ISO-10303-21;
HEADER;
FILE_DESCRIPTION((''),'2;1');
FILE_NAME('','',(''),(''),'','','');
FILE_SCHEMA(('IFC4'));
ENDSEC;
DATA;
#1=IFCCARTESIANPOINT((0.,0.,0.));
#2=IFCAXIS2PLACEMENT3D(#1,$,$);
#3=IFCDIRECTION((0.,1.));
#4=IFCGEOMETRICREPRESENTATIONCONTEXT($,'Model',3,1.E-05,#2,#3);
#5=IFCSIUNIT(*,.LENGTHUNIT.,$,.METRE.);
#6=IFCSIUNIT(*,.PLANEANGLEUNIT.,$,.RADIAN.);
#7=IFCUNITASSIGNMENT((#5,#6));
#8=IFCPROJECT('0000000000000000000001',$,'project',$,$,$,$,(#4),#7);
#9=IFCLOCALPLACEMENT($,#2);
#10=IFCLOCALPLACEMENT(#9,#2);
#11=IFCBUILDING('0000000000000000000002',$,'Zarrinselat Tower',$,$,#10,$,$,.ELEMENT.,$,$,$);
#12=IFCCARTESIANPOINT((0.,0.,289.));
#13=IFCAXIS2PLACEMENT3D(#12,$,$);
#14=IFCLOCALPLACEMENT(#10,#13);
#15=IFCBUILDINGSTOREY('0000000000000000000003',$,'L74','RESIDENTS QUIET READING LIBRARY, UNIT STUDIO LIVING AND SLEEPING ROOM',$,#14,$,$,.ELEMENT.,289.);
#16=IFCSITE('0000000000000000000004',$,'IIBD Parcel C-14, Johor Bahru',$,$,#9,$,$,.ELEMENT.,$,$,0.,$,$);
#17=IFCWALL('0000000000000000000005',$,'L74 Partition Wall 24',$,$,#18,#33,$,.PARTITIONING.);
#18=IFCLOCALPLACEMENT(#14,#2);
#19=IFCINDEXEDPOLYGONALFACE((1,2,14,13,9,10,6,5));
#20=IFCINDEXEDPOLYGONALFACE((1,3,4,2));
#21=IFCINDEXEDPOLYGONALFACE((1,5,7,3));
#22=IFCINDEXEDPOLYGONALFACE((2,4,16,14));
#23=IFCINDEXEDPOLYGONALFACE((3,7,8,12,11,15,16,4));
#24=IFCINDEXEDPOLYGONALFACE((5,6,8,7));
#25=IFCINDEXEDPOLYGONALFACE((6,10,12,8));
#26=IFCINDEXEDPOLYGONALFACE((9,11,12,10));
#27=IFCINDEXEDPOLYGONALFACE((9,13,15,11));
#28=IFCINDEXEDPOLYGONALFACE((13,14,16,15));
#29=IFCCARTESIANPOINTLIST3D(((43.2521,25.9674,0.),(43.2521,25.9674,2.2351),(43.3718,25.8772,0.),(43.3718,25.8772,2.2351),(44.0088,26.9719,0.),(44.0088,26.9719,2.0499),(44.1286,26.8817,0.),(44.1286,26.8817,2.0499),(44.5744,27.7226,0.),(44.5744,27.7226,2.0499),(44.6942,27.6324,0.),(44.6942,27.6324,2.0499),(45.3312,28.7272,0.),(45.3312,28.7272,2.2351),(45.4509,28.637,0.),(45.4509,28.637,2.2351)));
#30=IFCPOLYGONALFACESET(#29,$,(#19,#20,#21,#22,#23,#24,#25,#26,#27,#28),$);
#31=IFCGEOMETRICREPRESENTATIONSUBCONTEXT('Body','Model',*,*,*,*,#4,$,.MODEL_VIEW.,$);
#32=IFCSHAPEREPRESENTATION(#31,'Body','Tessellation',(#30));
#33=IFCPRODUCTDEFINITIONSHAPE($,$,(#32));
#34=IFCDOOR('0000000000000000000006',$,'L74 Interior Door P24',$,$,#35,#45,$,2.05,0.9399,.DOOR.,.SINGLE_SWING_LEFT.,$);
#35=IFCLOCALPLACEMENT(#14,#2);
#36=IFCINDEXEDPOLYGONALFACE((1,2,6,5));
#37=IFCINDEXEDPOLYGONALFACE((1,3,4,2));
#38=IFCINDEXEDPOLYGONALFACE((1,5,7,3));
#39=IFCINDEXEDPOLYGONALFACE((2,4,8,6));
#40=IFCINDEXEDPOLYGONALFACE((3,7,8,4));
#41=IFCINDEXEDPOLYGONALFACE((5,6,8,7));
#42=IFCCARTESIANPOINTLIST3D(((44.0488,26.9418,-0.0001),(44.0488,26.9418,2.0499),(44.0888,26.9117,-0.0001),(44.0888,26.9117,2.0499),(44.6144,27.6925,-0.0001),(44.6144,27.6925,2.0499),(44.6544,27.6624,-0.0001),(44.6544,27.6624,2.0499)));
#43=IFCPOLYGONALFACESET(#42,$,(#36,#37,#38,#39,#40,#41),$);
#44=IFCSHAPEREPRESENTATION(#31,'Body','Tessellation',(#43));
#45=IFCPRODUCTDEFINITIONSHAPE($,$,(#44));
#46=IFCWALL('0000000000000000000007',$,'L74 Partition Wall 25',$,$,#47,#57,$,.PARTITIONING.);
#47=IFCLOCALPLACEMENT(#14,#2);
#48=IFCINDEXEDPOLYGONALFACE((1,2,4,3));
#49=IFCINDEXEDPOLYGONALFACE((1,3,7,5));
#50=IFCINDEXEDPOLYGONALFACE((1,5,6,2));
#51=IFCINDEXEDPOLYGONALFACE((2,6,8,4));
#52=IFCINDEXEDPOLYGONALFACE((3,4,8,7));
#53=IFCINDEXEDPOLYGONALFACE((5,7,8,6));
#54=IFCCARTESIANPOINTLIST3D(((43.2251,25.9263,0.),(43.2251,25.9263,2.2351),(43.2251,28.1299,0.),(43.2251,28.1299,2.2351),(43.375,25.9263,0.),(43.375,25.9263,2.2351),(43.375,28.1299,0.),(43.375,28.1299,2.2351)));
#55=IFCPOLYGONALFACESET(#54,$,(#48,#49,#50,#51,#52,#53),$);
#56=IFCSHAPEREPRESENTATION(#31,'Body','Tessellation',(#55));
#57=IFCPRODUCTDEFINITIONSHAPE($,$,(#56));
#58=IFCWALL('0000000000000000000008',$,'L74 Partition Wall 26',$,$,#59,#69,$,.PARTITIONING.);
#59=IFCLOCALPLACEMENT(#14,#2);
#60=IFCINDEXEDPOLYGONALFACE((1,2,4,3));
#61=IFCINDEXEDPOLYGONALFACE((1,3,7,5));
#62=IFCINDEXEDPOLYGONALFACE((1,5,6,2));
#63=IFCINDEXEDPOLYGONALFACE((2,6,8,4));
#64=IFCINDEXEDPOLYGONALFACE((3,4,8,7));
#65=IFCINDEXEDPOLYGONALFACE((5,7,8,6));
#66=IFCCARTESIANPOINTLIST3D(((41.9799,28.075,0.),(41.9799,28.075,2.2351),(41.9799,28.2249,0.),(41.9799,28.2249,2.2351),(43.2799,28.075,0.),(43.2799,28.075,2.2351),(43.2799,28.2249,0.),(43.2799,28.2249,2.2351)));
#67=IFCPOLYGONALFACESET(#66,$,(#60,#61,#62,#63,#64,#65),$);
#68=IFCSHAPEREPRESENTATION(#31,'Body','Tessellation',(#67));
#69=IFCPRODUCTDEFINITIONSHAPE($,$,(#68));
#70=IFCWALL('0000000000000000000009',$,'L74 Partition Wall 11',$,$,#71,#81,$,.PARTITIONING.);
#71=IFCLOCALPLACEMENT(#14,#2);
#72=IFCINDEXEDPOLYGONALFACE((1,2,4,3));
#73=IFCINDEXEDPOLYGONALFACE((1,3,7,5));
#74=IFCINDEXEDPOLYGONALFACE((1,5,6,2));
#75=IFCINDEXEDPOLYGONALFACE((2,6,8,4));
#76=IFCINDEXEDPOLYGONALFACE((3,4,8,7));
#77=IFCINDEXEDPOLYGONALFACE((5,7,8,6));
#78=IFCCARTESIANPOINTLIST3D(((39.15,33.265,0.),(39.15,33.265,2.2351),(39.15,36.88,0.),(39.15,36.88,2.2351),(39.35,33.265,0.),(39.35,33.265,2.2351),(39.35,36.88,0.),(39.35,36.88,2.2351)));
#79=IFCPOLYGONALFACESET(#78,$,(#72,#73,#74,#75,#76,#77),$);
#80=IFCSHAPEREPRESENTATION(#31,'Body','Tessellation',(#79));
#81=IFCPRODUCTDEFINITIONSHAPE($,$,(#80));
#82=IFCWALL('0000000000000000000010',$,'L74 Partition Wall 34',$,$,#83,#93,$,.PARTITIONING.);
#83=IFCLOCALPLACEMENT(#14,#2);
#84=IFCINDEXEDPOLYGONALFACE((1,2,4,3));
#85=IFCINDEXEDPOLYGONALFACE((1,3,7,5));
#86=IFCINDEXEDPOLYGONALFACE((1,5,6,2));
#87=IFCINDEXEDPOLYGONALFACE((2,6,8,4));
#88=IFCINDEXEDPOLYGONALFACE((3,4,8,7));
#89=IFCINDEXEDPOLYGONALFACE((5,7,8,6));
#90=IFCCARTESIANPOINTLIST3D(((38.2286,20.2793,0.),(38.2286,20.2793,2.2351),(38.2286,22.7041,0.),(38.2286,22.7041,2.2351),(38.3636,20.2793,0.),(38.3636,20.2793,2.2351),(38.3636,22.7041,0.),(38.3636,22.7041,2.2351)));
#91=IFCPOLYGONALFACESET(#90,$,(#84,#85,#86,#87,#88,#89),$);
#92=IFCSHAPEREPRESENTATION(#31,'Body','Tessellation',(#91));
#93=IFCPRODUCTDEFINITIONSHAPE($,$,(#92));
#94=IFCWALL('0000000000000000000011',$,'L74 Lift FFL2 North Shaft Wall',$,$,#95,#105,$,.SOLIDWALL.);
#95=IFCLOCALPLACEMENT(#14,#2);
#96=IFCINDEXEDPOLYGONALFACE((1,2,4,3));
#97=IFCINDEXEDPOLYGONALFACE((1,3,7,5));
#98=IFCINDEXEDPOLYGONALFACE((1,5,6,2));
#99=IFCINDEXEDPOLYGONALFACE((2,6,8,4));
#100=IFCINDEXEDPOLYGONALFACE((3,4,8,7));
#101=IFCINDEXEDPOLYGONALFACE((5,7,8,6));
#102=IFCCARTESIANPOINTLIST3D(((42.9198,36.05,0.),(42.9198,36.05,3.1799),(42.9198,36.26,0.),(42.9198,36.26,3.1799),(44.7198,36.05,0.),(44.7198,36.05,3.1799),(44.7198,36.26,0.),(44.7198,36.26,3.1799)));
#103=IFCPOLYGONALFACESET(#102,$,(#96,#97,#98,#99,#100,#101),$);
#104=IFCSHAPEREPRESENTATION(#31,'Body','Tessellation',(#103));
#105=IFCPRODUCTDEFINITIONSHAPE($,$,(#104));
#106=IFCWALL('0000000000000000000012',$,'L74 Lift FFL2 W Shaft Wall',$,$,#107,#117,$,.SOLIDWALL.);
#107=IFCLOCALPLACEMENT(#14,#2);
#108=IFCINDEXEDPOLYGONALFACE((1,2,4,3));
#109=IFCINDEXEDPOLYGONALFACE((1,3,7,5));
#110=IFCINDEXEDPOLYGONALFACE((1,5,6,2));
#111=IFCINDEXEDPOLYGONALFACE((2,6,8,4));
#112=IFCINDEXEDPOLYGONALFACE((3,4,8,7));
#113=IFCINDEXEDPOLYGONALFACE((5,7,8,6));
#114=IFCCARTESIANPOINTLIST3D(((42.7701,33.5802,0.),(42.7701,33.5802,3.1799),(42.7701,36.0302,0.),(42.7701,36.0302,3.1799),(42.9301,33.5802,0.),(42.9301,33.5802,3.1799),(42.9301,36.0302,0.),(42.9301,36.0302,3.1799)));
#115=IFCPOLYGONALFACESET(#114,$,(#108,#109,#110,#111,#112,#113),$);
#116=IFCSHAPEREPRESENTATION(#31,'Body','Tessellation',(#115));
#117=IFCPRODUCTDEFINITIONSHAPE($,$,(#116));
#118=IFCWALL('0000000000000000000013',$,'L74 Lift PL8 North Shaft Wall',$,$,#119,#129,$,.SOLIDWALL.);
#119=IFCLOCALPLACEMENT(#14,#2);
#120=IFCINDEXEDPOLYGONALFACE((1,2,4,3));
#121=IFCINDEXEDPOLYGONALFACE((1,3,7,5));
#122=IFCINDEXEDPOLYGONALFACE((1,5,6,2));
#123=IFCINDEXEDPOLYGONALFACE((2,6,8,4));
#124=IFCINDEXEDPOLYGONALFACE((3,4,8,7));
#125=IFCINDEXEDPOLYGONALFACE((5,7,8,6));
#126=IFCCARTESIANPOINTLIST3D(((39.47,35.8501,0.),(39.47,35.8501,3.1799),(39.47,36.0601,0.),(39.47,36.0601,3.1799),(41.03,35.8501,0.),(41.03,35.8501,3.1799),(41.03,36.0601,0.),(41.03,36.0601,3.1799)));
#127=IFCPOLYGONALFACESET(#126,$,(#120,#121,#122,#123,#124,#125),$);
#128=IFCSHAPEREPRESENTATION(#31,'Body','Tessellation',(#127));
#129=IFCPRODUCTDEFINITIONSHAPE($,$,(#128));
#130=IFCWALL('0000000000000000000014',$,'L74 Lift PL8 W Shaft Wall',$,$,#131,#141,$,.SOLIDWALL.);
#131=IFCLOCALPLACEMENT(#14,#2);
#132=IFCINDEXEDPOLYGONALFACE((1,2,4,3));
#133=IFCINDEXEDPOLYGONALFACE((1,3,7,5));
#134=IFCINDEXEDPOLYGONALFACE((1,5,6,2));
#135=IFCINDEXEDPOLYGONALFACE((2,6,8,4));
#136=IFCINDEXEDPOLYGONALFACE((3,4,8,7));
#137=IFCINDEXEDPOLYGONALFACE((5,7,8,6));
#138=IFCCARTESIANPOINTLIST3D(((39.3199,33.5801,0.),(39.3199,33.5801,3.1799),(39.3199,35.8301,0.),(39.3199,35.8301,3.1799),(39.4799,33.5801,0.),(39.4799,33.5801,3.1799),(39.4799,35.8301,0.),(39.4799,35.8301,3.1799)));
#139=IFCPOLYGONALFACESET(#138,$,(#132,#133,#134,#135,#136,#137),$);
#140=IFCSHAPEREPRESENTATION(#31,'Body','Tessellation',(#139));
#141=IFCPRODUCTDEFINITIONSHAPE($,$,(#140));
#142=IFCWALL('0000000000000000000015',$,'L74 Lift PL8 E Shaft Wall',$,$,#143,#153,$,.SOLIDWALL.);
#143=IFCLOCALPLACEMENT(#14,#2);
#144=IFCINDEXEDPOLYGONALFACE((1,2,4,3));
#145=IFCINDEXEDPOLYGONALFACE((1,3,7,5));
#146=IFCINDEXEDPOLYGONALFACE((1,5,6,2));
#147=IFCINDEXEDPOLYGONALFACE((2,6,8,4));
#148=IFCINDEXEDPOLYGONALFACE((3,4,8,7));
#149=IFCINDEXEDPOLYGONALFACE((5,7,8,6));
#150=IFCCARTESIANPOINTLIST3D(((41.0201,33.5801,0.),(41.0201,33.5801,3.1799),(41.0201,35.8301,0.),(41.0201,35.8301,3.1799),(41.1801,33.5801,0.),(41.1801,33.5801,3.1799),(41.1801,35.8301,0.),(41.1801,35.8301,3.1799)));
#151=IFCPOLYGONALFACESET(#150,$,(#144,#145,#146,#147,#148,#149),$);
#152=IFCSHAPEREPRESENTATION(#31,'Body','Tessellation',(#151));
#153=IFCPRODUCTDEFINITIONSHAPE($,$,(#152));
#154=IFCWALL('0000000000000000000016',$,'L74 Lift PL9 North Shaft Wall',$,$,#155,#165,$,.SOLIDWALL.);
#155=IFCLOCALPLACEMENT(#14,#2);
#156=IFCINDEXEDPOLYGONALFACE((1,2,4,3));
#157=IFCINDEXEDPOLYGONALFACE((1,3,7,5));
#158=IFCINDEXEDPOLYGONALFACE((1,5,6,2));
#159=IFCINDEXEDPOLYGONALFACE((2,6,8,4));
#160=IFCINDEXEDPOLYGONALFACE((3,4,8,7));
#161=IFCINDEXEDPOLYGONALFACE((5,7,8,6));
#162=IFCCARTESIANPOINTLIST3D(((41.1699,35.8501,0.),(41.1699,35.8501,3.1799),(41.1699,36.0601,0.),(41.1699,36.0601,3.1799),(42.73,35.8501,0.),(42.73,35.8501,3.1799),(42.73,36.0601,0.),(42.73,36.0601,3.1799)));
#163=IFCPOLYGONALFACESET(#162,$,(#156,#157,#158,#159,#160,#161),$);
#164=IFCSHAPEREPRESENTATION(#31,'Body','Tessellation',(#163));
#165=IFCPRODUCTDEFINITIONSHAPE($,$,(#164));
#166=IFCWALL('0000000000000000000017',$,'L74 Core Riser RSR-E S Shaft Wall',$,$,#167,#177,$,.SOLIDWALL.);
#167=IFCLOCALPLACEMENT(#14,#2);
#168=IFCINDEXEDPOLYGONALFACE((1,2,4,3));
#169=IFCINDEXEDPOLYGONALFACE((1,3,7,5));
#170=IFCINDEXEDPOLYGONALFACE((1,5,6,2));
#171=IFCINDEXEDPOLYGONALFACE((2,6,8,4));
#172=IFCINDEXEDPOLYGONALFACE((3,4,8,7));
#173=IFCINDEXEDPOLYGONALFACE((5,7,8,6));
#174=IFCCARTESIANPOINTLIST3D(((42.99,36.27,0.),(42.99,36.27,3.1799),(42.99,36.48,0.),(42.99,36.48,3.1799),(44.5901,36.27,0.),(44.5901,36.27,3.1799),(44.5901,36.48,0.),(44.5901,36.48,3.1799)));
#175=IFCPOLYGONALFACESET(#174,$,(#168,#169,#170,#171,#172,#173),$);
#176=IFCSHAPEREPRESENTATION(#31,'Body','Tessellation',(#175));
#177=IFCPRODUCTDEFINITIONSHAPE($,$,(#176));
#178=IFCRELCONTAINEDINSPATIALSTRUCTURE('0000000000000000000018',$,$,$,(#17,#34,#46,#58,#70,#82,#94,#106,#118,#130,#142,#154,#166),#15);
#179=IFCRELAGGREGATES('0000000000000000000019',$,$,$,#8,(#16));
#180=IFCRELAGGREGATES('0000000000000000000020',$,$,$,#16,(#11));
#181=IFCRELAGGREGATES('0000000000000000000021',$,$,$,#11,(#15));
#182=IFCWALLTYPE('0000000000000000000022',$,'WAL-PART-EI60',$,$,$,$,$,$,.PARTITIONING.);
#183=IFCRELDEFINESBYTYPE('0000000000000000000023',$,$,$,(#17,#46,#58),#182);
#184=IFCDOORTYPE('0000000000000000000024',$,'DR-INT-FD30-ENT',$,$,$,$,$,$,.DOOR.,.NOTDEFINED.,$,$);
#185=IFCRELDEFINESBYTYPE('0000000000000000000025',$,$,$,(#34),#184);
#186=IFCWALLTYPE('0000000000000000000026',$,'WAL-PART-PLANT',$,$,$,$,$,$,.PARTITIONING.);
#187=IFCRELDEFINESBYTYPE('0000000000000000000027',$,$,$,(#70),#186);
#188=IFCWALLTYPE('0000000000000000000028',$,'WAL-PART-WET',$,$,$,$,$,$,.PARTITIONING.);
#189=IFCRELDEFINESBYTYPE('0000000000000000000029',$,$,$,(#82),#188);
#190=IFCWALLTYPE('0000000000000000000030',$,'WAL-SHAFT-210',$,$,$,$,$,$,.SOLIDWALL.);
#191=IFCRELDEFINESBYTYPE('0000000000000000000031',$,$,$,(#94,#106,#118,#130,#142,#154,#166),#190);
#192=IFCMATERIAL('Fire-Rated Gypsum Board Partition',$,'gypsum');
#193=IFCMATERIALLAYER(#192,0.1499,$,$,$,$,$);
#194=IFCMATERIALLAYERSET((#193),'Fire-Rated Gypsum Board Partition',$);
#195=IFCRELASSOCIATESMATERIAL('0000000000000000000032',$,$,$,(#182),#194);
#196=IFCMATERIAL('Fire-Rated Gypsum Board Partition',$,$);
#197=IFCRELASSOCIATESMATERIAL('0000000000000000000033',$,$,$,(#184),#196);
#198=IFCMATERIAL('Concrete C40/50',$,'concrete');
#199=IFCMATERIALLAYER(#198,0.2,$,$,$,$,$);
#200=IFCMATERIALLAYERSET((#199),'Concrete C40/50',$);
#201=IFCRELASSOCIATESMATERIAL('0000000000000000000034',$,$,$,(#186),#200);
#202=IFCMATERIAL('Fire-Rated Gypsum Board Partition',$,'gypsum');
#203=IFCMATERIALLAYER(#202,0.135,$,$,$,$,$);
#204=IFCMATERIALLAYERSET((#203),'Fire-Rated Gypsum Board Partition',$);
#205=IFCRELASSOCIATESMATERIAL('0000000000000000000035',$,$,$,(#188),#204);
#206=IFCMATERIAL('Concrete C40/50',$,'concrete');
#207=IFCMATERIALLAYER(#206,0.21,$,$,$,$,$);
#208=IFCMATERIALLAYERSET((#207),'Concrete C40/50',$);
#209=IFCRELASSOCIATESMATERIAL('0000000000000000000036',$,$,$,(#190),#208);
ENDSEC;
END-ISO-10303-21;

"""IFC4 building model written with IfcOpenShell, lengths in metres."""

from ifc_helpers import new_model, si_unit, direction, frame, frame_2d, origin, place, context, subcontext, project, spatial, rectangle, extrude, material, layer, layer_set, type_object, element, fill, save


model = new_model("IFC4")

# Units and contexts
model_context = context("Model", 3, precision=1e-05, world=origin(), true_north=direction((0.0, 1.0)))
body_context = subcontext(model_context, "Body", "Model", "MODEL_VIEW")
ifc_project = project(units=[si_unit("LENGTHUNIT", "METRE"), si_unit("PLANEANGLEUNIT", "RADIAN")], contexts=[model_context])

# Site, building, storey
site_placement = place(None, origin())
site = spatial("IfcSite", under=ifc_project, at=site_placement, Name="IIBD Parcel C-14, Johor Bahru", CompositionType="ELEMENT", RefElevation=0.0)
building_placement = place(site_placement, origin())
building = spatial("IfcBuilding", under=site, at=building_placement, Name="Zarrinselat Tower", CompositionType="ELEMENT")
storey_placement = place(building_placement, frame((0.0, 0.0, 289.0)))
storey = spatial("IfcBuildingStorey", under=building, at=storey_placement, Name="L74", Description="RESIDENTS QUIET READING LIBRARY, UNIT STUDIO LIVING AND SLEEPING ROOM", CompositionType="ELEMENT", Elevation=289.0)

# Wall, opening, door
ifc_material_1 = material(Name="Fire-Rated Gypsum Board Partition", Category="gypsum")
ifc_layer_1 = layer(ifc_material_1, 0.1499)
ifc_layer_set_1 = layer_set([ifc_layer_1], Name="Fire-Rated Gypsum Board Partition")
wall_type_1 = type_object("IfcWallType", Name="WAL-PART-EI60", PredefinedType="PARTITIONING", material=ifc_layer_set_1)
ifc_material_2 = material(Name="Fire-Rated Gypsum Board Partition")
door_type = type_object("IfcDoorType", Name="DR-INT-FD30-ENT", OperationType="NOTDEFINED", PredefinedType="DOOR", material=ifc_material_2)
wall_1_placement = place(storey_placement, frame((43.312, 25.9224, 0.0), z_axis=(0.0, 0.0, 1.0), x_axis=(0.601717, 0.798709, 0.0)))
wall_1 = element("IfcWall", 1, at=wall_1_placement, inside=storey, type_object=wall_type_1, Name="L74 Partition Wall 24", PredefinedType="PARTITIONING", context=body_context, shape_type="SweptSolid", body=[
    extrude(rectangle(XDim=3.4553, YDim=0.1499, at=frame_2d((1.7275, 0.0))), origin(), (0.0, 0.0, 1.0), 2.2351),
])
opening_1_placement = place(wall_1_placement, frame((1.2576, 0.0, 0.0)))
opening_1 = element("IfcOpeningElement", 2, at=opening_1_placement, cuts=wall_1, PredefinedType="OPENING", context=body_context, shape_type="SweptSolid", body=[
    extrude(rectangle(XDim=0.9399, YDim=2.05, at=frame_2d((0.47, 1.0249))), frame((0.0, 0.085, 0.0), z_axis=(0.0, -1.0, 0.0), x_axis=(1.0, 0.0, 0.0)), (0.0, 0.0, 1.0), 0.1699),
])
door_1_placement = place(opening_1_placement, origin())
door_1 = element("IfcDoor", 3, at=door_1_placement, inside=storey, type_object=door_type, Name="L74 Interior Door P24", OperationType="SINGLE_SWING_LEFT", OverallHeight=2.05, OverallWidth=0.9399, PredefinedType="DOOR", context=body_context, shape_type="SweptSolid", body=[
    extrude(rectangle(XDim=0.9399, YDim=2.05, at=frame_2d((0.47, 1.0249))), frame((0.0, 0.0249, 0.0), z_axis=(0.0, -1.0, 0.0), x_axis=(1.0, 0.0, 0.0)), (0.0, 0.0, 1.0), 0.05),
])
fill(opening_1, door_1)

# Walls
wall_2_placement = place(storey_placement, frame((43.3, 25.9263, 0.0), z_axis=(0.0, 0.0, 1.0), x_axis=(0.0, 1.0, 0.0)))
element("IfcWall", 4, at=wall_2_placement, inside=storey, type_object=wall_type_1, Name="L74 Partition Wall 25", PredefinedType="PARTITIONING", context=body_context, shape_type="SweptSolid", body=[
    extrude(rectangle(XDim=2.2036, YDim=0.1499, at=frame_2d((1.1018, 0.0))), origin(), (0.0, 0.0, 1.0), 2.2351),
])
wall_3_placement = place(storey_placement, frame((41.98, 28.1499, 0.0), z_axis=(0.0, 0.0, 1.0), x_axis=(1.0, 0.0, 0.0)))
element("IfcWall", 5, at=wall_3_placement, inside=storey, type_object=wall_type_1, Name="L74 Partition Wall 26", PredefinedType="PARTITIONING", context=body_context, shape_type="SweptSolid", body=[
    extrude(rectangle(XDim=1.3, YDim=0.1499, at=frame_2d((0.6499, 0.0))), origin(), (0.0, 0.0, 1.0), 2.2351),
])
ifc_material_3 = material(Name="Concrete C40/50", Category="concrete")
ifc_layer_2 = layer(ifc_material_3, 0.2)
ifc_layer_set_2 = layer_set([ifc_layer_2], Name="Concrete C40/50")
wall_type_2 = type_object("IfcWallType", Name="WAL-PART-PLANT", PredefinedType="PARTITIONING", material=ifc_layer_set_2)
wall_4_placement = place(storey_placement, frame((39.25, 33.2649, 0.0), z_axis=(0.0, 0.0, 1.0), x_axis=(0.0, 1.0, 0.0)))
element("IfcWall", 6, at=wall_4_placement, inside=storey, type_object=wall_type_2, Name="L74 Partition Wall 11", PredefinedType="PARTITIONING", context=body_context, shape_type="SweptSolid", body=[
    extrude(rectangle(XDim=3.615, YDim=0.2, at=frame_2d((1.8076, 0.0))), origin(), (0.0, 0.0, 1.0), 2.2351),
])
ifc_material_4 = material(Name="Fire-Rated Gypsum Board Partition", Category="gypsum")
ifc_layer_3 = layer(ifc_material_4, 0.135)
ifc_layer_set_3 = layer_set([ifc_layer_3], Name="Fire-Rated Gypsum Board Partition")
wall_type_3 = type_object("IfcWallType", Name="WAL-PART-WET", PredefinedType="PARTITIONING", material=ifc_layer_set_3)
wall_5_placement = place(storey_placement, frame((38.2961, 20.2793, 0.0), z_axis=(0.0, 0.0, 1.0), x_axis=(0.0, 1.0, 0.0)))
element("IfcWall", 7, at=wall_5_placement, inside=storey, type_object=wall_type_3, Name="L74 Partition Wall 34", PredefinedType="PARTITIONING", context=body_context, shape_type="SweptSolid", body=[
    extrude(rectangle(XDim=2.4248, YDim=0.135, at=frame_2d((1.2124, 0.0))), origin(), (0.0, 0.0, 1.0), 2.2351),
])
ifc_material_5 = material(Name="Concrete C40/50", Category="concrete")
ifc_layer_4 = layer(ifc_material_5, 0.21)
ifc_layer_set_4 = layer_set([ifc_layer_4], Name="Concrete C40/50")
wall_type_4 = type_object("IfcWallType", Name="WAL-SHAFT-210", PredefinedType="SOLIDWALL", material=ifc_layer_set_4)
wall_6_placement = place(storey_placement, frame((42.9199, 36.155, 0.0), z_axis=(0.0, 0.0, 1.0), x_axis=(1.0, 0.0, 0.0)))
element("IfcWall", 8, at=wall_6_placement, inside=storey, type_object=wall_type_4, Name="L74 Lift FFL2 North Shaft Wall", PredefinedType="SOLIDWALL", context=body_context, shape_type="SweptSolid", body=[
    extrude(rectangle(XDim=1.8, YDim=0.21, at=frame_2d((0.8999, 0.0))), origin(), (0.0, 0.0, 1.0), 3.1799),
])
wall_7_placement = place(storey_placement, frame((42.8501, 33.5801, 0.0), z_axis=(0.0, 0.0, 1.0), x_axis=(0.0, 1.0, 0.0)))
element("IfcWall", 9, at=wall_7_placement, inside=storey, type_object=wall_type_4, Name="L74 Lift FFL2 W Shaft Wall", PredefinedType="SOLIDWALL", context=body_context, shape_type="SweptSolid", body=[
    extrude(rectangle(XDim=2.45, YDim=0.1599, at=frame_2d((1.2251, 0.0))), origin(), (0.0, 0.0, 1.0), 3.1799),
])
wall_8_placement = place(storey_placement, frame((39.47, 35.9551, 0.0), z_axis=(0.0, 0.0, 1.0), x_axis=(1.0, 0.0, 0.0)))
element("IfcWall", 10, at=wall_8_placement, inside=storey, type_object=wall_type_4, Name="L74 Lift PL8 North Shaft Wall", PredefinedType="SOLIDWALL", context=body_context, shape_type="SweptSolid", body=[
    extrude(rectangle(XDim=1.5601, YDim=0.21, at=frame_2d((0.78, 0.0))), origin(), (0.0, 0.0, 1.0), 3.1799),
])
for number, where, z_axis, x_axis, name in (
    (11, (39.3999, 33.5801, 0.0), (0.0, 0.0, 1.0), (0.0, 1.0, 0.0), "L74 Lift PL8 W Shaft Wall"),
    (12, (41.1001, 33.5801, 0.0), (0.0, 0.0, 1.0), (0.0, 1.0, 0.0), "L74 Lift PL8 E Shaft Wall"),
):
    element("IfcWall", number, at=place(storey_placement, frame(where, z_axis=z_axis, x_axis=x_axis)), inside=storey, type_object=wall_type_4, Name=name, PredefinedType="SOLIDWALL", context=body_context, shape_type="SweptSolid", body=[
        extrude(rectangle(XDim=2.25, YDim=0.1599, at=frame_2d((1.125, 0.0))), origin(), (0.0, 0.0, 1.0), 3.1799),
    ])
wall_9_placement = place(storey_placement, frame((41.1699, 35.9551, 0.0), z_axis=(0.0, 0.0, 1.0), x_axis=(1.0, 0.0, 0.0)))
element("IfcWall", 13, at=wall_9_placement, inside=storey, type_object=wall_type_4, Name="L74 Lift PL9 North Shaft Wall", PredefinedType="SOLIDWALL", context=body_context, shape_type="SweptSolid", body=[
    extrude(rectangle(XDim=1.5601, YDim=0.21, at=frame_2d((0.78, 0.0))), origin(), (0.0, 0.0, 1.0), 3.1799),
])
wall_10_placement = place(storey_placement, frame((42.99, 36.375, 0.0), z_axis=(0.0, 0.0, 1.0), x_axis=(1.0, 0.0, 0.0)))
element("IfcWall", 14, at=wall_10_placement, inside=storey, type_object=wall_type_4, Name="L74 Core Riser RSR-E S Shaft Wall", PredefinedType="SOLIDWALL", context=body_context, shape_type="SweptSolid", body=[
    extrude(rectangle(XDim=1.6001, YDim=0.21, at=frame_2d((0.8, 0.0))), origin(), (0.0, 0.0, 1.0), 3.1799),
])

save(model, "model.ifc")
